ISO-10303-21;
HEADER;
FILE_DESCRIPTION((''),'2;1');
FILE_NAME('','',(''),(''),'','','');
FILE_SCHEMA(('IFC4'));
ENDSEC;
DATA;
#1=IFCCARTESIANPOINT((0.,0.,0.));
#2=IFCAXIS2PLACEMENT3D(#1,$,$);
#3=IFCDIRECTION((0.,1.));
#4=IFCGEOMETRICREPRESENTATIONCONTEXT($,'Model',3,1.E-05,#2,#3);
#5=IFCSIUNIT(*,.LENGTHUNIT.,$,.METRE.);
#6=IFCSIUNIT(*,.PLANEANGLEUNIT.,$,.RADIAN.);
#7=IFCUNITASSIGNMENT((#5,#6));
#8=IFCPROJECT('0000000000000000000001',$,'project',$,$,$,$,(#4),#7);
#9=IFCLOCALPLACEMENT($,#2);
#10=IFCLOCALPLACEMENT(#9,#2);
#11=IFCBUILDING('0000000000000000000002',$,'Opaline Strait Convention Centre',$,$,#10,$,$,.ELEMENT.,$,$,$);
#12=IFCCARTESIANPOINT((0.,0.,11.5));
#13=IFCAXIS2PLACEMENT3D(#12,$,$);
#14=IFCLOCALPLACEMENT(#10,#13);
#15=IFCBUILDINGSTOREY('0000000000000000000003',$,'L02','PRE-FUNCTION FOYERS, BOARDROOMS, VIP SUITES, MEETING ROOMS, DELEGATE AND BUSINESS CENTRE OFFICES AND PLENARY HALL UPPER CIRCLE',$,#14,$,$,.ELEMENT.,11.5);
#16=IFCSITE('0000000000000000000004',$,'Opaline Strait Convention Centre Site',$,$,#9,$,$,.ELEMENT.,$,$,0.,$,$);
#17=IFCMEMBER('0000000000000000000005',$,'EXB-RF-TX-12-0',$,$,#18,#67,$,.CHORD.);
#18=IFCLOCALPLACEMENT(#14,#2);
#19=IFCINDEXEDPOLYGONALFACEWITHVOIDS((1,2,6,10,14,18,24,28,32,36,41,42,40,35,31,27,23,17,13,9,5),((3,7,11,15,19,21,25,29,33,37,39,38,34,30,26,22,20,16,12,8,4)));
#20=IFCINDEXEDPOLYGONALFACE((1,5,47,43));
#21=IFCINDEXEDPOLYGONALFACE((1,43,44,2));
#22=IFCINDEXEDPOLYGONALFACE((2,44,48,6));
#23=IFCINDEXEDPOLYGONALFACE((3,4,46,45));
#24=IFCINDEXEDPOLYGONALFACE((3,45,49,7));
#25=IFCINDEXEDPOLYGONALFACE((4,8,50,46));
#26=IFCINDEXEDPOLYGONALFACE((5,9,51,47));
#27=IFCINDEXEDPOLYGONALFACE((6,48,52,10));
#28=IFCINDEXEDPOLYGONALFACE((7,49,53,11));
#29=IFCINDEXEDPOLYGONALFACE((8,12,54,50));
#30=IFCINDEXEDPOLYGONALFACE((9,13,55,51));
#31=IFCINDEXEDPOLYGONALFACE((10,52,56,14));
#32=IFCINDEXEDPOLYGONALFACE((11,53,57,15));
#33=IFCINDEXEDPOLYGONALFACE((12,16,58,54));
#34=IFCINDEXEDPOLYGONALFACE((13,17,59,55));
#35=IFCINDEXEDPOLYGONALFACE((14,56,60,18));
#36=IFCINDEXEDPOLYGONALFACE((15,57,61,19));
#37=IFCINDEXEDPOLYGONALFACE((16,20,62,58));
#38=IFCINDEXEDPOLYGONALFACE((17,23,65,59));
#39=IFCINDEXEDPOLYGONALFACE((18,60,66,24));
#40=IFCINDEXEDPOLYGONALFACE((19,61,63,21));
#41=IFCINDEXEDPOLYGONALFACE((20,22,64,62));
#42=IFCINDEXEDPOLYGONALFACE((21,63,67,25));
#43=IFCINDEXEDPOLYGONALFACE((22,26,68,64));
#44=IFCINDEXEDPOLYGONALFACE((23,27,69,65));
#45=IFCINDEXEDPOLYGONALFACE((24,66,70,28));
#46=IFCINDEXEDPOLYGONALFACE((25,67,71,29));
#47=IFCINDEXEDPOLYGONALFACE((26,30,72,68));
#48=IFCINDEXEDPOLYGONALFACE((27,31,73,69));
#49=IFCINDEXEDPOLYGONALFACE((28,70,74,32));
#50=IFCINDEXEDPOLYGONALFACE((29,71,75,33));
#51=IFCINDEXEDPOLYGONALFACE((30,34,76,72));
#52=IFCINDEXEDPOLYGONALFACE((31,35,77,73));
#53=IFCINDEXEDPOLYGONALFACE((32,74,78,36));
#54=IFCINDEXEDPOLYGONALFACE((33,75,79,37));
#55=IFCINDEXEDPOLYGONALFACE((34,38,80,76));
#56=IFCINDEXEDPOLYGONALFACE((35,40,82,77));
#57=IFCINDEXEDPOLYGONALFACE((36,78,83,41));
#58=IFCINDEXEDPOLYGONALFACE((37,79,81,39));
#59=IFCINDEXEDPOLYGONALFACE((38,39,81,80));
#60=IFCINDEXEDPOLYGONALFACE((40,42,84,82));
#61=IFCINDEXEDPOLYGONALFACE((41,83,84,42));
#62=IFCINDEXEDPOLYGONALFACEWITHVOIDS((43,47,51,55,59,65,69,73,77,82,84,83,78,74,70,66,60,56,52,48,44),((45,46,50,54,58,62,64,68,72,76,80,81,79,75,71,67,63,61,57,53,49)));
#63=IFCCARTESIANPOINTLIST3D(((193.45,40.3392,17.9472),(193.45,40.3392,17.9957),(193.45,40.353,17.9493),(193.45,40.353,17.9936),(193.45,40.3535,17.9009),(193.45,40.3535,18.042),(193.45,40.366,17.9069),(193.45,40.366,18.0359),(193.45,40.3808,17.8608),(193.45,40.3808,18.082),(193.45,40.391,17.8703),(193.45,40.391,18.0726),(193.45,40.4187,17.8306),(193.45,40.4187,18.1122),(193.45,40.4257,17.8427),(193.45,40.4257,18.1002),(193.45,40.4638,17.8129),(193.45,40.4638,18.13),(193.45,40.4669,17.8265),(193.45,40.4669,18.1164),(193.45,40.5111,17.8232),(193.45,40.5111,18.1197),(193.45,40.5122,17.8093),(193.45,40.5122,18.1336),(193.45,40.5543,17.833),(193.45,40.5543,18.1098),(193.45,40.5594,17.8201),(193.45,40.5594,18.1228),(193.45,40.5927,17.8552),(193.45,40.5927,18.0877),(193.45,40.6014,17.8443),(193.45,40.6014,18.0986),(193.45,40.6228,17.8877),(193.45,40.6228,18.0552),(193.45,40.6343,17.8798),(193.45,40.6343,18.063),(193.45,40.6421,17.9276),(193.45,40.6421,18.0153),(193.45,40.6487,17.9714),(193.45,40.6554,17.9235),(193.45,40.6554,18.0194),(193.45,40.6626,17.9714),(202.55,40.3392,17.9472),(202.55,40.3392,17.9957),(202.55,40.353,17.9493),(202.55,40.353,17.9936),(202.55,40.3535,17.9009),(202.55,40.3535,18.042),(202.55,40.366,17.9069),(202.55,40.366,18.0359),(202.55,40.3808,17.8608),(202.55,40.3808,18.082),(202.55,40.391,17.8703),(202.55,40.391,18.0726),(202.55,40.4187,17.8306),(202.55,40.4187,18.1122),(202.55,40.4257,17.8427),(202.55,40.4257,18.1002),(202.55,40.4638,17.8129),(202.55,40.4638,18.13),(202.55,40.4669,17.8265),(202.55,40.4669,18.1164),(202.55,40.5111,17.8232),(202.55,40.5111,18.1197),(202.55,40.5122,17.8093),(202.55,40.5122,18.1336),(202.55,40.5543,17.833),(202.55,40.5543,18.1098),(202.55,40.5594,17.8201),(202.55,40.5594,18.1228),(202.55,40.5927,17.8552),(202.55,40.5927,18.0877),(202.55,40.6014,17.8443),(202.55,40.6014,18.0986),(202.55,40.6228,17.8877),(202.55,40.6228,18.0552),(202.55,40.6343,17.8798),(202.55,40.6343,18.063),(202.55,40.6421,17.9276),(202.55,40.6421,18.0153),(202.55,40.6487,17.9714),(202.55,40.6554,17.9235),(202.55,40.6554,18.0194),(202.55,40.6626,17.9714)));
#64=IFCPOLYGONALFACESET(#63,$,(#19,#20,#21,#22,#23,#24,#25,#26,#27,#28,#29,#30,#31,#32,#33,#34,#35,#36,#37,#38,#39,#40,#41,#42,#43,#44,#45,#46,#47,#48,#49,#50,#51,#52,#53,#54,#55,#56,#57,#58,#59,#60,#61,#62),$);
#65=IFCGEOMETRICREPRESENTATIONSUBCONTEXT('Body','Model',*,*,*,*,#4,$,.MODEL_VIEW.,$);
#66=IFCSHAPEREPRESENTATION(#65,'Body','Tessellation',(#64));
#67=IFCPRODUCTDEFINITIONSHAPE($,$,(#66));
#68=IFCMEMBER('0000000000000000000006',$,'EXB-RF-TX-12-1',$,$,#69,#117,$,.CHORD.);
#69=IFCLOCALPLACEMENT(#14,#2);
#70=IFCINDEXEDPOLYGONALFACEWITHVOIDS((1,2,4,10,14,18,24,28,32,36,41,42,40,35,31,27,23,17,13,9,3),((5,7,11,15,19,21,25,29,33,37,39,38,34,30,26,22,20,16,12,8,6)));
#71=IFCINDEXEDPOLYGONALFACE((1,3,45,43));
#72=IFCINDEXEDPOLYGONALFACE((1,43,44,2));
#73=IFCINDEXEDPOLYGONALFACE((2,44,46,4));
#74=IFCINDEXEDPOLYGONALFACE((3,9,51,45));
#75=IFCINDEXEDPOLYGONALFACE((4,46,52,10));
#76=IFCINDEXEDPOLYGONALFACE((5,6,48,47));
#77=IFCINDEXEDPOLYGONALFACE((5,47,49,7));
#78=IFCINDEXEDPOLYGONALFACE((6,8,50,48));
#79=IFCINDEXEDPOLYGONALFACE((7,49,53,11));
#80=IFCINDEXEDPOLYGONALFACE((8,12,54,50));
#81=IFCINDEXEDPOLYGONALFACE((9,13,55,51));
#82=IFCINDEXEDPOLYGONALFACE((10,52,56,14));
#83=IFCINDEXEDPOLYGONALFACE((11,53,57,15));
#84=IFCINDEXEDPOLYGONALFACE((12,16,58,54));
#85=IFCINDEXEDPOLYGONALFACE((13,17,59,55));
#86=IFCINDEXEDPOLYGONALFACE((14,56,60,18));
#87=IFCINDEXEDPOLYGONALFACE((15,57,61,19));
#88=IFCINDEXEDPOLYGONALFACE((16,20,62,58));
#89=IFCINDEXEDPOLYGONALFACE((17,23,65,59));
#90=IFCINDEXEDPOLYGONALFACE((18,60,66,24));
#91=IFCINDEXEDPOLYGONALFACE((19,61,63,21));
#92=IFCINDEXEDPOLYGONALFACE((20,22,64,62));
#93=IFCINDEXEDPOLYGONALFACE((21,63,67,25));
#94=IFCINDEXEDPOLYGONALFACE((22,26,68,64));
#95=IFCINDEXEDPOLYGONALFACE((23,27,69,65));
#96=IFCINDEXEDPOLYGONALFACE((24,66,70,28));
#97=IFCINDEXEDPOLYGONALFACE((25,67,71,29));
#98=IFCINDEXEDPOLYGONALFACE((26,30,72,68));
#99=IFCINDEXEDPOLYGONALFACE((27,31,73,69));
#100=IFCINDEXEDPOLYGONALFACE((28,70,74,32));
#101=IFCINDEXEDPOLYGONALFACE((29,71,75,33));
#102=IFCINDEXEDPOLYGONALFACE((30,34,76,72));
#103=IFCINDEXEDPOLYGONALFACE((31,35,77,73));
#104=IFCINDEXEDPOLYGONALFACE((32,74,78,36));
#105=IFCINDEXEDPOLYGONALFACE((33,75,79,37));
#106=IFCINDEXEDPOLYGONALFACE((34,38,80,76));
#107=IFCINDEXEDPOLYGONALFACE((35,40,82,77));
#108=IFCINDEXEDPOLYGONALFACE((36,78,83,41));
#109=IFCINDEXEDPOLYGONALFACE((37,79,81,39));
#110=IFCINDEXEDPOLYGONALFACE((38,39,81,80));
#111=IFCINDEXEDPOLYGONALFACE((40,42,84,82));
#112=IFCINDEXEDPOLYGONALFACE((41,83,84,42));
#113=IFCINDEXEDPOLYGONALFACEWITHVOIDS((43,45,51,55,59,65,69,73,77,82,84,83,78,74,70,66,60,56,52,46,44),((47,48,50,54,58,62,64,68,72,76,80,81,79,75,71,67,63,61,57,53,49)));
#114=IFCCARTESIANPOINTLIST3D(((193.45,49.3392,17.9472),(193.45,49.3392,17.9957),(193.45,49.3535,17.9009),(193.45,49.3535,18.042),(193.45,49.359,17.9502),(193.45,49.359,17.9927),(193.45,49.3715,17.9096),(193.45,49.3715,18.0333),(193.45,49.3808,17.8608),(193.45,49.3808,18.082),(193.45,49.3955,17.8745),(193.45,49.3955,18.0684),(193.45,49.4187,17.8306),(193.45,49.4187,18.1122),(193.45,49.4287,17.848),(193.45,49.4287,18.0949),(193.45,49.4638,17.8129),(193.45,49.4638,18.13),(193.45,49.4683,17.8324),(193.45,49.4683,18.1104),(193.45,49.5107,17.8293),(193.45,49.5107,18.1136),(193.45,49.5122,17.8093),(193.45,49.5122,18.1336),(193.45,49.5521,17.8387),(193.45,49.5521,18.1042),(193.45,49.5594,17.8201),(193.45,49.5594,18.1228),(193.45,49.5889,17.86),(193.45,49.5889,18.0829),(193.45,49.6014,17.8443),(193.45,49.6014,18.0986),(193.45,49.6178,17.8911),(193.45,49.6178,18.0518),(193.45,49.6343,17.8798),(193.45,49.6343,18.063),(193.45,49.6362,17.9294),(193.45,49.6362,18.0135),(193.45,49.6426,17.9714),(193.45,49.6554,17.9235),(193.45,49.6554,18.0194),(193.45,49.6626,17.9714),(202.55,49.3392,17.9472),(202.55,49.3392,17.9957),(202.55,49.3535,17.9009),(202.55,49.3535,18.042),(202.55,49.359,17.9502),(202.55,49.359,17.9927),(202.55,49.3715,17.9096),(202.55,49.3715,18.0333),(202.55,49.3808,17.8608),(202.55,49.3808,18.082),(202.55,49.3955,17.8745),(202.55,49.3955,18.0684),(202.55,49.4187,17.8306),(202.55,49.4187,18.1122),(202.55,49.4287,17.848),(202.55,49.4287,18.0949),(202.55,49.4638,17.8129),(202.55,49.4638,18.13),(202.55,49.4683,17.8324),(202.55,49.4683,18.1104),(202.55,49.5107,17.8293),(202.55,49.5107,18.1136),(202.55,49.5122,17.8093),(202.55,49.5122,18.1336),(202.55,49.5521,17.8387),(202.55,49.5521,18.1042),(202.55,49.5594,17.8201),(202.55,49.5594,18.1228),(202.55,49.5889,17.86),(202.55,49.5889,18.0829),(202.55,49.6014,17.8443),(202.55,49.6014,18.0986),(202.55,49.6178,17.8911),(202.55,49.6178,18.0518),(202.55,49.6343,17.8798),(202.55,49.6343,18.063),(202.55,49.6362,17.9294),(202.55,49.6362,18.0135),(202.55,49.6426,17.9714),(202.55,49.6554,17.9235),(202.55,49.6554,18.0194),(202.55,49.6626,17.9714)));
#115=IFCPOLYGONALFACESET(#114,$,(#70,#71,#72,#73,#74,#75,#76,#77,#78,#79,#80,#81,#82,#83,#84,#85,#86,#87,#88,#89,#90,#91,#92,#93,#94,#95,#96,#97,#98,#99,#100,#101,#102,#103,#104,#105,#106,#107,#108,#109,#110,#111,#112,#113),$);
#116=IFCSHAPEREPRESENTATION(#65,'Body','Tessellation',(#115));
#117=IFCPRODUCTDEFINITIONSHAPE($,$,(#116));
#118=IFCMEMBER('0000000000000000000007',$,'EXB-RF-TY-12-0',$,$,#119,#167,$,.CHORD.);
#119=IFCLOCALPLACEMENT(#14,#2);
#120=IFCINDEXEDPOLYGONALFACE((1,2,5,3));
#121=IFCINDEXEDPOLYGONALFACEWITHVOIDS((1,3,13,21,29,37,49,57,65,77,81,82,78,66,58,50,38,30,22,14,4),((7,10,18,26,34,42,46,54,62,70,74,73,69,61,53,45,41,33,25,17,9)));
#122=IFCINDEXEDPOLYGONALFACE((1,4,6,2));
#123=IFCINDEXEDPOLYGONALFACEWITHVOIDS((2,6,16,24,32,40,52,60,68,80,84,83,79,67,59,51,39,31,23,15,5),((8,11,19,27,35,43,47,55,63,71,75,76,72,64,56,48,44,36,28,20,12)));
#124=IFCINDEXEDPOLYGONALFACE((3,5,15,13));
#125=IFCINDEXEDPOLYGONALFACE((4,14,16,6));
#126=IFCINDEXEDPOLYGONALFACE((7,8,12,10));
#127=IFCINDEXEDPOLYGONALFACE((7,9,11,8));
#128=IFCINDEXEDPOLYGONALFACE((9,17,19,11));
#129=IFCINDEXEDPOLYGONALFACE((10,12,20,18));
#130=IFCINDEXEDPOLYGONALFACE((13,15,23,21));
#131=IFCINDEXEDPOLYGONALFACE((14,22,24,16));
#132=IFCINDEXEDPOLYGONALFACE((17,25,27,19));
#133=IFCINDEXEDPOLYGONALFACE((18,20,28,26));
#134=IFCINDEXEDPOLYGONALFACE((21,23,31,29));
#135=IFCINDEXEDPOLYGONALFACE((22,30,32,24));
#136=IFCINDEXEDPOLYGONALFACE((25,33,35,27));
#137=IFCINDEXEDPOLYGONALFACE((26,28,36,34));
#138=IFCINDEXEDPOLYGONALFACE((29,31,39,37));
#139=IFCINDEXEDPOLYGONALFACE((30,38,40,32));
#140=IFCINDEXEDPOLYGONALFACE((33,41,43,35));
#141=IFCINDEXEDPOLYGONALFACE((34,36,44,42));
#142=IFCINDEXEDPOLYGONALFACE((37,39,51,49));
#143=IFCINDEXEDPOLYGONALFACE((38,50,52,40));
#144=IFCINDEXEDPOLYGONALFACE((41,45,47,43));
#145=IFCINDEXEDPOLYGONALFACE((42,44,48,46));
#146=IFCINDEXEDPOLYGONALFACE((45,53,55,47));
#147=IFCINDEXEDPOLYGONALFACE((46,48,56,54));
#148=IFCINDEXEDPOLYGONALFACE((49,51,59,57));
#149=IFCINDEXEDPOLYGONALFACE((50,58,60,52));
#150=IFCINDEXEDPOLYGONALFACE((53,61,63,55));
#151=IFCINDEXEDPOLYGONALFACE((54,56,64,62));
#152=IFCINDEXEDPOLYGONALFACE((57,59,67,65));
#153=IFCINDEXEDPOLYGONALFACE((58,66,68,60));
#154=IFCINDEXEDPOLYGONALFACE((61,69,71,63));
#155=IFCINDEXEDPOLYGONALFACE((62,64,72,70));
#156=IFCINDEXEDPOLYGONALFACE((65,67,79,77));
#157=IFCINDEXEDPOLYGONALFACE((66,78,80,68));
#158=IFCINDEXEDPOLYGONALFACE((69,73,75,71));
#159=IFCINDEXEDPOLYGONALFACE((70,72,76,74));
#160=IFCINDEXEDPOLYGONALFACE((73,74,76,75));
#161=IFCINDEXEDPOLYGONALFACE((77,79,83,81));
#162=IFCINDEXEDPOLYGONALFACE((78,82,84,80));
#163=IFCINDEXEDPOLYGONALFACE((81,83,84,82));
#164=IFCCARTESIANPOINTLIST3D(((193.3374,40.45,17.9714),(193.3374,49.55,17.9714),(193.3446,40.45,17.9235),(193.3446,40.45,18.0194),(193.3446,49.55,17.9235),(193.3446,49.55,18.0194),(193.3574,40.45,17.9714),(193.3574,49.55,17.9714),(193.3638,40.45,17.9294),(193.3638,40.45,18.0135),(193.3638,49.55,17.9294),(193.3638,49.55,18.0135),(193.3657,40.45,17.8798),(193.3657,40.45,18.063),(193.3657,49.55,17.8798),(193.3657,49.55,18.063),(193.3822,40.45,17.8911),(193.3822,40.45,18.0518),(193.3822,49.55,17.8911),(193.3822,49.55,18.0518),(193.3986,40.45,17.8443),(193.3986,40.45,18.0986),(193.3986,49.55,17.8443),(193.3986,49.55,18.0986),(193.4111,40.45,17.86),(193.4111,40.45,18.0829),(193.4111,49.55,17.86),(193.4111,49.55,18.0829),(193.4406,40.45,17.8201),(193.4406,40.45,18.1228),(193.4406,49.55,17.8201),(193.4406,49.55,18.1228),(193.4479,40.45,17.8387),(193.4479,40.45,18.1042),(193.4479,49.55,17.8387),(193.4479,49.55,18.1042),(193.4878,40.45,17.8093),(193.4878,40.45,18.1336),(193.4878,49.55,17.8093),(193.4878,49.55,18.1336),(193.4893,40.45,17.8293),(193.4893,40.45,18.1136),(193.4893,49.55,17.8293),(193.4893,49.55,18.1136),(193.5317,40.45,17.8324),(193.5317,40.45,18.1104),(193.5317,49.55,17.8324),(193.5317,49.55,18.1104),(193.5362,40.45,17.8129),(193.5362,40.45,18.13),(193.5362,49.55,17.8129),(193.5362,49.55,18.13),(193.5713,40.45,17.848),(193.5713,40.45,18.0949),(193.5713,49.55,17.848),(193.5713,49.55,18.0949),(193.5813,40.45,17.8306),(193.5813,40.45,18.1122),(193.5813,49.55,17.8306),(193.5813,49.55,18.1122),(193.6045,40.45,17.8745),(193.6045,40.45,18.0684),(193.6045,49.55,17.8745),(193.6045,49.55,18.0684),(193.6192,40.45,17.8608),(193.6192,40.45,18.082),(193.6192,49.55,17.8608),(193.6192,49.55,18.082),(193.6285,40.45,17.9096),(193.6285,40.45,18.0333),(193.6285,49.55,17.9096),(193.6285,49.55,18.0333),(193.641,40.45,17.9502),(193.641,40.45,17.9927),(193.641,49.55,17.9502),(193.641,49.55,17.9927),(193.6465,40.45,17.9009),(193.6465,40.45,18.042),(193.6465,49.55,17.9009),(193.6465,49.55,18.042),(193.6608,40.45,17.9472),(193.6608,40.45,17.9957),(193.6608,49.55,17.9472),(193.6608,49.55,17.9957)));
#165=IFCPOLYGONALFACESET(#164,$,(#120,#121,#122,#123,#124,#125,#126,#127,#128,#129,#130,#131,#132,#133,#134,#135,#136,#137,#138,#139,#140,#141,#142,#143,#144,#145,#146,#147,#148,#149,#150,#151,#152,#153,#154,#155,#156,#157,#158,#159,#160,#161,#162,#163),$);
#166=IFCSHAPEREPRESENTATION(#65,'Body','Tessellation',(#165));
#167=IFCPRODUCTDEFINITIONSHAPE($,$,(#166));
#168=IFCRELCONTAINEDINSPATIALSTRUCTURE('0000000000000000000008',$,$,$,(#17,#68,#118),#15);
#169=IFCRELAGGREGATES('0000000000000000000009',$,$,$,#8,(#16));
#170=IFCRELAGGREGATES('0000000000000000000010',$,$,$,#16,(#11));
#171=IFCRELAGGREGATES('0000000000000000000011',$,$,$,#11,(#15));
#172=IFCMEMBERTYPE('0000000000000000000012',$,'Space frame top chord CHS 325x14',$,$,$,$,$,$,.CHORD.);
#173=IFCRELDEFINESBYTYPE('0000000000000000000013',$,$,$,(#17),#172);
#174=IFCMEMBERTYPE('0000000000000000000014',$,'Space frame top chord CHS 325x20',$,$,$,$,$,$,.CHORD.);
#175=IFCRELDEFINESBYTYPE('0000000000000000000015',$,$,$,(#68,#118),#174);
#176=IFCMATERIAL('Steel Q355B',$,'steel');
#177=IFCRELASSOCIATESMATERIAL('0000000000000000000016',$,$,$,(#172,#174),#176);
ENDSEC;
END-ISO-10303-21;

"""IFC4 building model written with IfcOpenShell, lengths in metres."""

from ifc_helpers import new_model, si_unit, direction, frame, origin, origin_2d, place, context, subcontext, project, spatial, hollow_circle, extrude, material, material_profile, profile_set, type_object, element, save


model = new_model("IFC4")

# Units and contexts
model_context = context("Model", 3, precision=1e-05, world=origin(), true_north=direction((0.0, 1.0)))
body_context = subcontext(model_context, "Body", "Model", "MODEL_VIEW")
ifc_project = project(units=[si_unit("LENGTHUNIT", "METRE"), si_unit("PLANEANGLEUNIT", "RADIAN")], contexts=[model_context])

# Site, building, storey
site_placement = place(None, origin())
site = spatial("IfcSite", under=ifc_project, at=site_placement, Name="Opaline Strait Convention Centre Site", CompositionType="ELEMENT", RefElevation=0.0)
building_placement = place(site_placement, origin())
building = spatial("IfcBuilding", under=site, at=building_placement, Name="Opaline Strait Convention Centre", CompositionType="ELEMENT")
storey_placement = place(building_placement, frame((0.0, 0.0, 11.5)))
storey = spatial("IfcBuildingStorey", under=building, at=storey_placement, Name="L02", Description="PRE-FUNCTION FOYERS, BOARDROOMS, VIP SUITES, MEETING ROOMS, DELEGATE AND BUSINESS CENTRE OFFICES AND PLENARY HALL UPPER CIRCLE", CompositionType="ELEMENT", Elevation=11.5)

# Members
ifc_material_1 = material(Name="Steel Q355B", Category="steel")
ifc_material_profile_1 = material_profile(ifc_material_1, hollow_circle(Radius=0.1626, WallThickness=0.0139, at=origin_2d()), Name="CHS 325x14")
ifc_profile_set_1 = profile_set([ifc_material_profile_1], Name="Steel Q355B")
member_type_1 = type_object("IfcMemberType", Name="Space frame top chord CHS 325x14", PredefinedType="CHORD", material=ifc_profile_set_1)
member_placement = place(storey_placement, frame((193.45, 40.5, 17.9714), z_axis=(1.0, 0.0, 0.0), x_axis=(0.0, 1.0, 0.0)))
element("IfcMember", 1, at=member_placement, inside=storey, type_object=member_type_1, Name="EXB-RF-TX-12-0", PredefinedType="CHORD", context=body_context, shape_type="SweptSolid", body=[
    extrude(hollow_circle(Radius=0.1626, WallThickness=0.0139, at=origin_2d()), origin(), (0.0, 0.0, 1.0), 9.1001),
])
ifc_material_profile_2 = material_profile(ifc_material_1, hollow_circle(Radius=0.1626, WallThickness=0.02, at=origin_2d()), Name="CHS 325x20")
ifc_profile_set_2 = profile_set([ifc_material_profile_2], Name="Steel Q355B")
member_type_2 = type_object("IfcMemberType", Name="Space frame top chord CHS 325x20", PredefinedType="CHORD", material=ifc_profile_set_2)
for number, where, z_axis, x_axis, name in (
    (2, (193.45, 49.5, 17.9714), (1.0, 0.0, 0.0), (0.0, 1.0, 0.0), "EXB-RF-TX-12-1"),
    (3, (193.5, 40.45, 17.9714), (0.0, 1.0, 0.0), (-1.0, 0.0, 0.0), "EXB-RF-TY-12-0"),
):
    element("IfcMember", number, at=place(storey_placement, frame(where, z_axis=z_axis, x_axis=x_axis)), inside=storey, type_object=member_type_2, Name=name, PredefinedType="CHORD", context=body_context, shape_type="SweptSolid", body=[
        extrude(hollow_circle(Radius=0.1626, WallThickness=0.02, at=origin_2d()), origin(), (0.0, 0.0, 1.0), 9.1001),
    ])

save(model, "model.ifc")
